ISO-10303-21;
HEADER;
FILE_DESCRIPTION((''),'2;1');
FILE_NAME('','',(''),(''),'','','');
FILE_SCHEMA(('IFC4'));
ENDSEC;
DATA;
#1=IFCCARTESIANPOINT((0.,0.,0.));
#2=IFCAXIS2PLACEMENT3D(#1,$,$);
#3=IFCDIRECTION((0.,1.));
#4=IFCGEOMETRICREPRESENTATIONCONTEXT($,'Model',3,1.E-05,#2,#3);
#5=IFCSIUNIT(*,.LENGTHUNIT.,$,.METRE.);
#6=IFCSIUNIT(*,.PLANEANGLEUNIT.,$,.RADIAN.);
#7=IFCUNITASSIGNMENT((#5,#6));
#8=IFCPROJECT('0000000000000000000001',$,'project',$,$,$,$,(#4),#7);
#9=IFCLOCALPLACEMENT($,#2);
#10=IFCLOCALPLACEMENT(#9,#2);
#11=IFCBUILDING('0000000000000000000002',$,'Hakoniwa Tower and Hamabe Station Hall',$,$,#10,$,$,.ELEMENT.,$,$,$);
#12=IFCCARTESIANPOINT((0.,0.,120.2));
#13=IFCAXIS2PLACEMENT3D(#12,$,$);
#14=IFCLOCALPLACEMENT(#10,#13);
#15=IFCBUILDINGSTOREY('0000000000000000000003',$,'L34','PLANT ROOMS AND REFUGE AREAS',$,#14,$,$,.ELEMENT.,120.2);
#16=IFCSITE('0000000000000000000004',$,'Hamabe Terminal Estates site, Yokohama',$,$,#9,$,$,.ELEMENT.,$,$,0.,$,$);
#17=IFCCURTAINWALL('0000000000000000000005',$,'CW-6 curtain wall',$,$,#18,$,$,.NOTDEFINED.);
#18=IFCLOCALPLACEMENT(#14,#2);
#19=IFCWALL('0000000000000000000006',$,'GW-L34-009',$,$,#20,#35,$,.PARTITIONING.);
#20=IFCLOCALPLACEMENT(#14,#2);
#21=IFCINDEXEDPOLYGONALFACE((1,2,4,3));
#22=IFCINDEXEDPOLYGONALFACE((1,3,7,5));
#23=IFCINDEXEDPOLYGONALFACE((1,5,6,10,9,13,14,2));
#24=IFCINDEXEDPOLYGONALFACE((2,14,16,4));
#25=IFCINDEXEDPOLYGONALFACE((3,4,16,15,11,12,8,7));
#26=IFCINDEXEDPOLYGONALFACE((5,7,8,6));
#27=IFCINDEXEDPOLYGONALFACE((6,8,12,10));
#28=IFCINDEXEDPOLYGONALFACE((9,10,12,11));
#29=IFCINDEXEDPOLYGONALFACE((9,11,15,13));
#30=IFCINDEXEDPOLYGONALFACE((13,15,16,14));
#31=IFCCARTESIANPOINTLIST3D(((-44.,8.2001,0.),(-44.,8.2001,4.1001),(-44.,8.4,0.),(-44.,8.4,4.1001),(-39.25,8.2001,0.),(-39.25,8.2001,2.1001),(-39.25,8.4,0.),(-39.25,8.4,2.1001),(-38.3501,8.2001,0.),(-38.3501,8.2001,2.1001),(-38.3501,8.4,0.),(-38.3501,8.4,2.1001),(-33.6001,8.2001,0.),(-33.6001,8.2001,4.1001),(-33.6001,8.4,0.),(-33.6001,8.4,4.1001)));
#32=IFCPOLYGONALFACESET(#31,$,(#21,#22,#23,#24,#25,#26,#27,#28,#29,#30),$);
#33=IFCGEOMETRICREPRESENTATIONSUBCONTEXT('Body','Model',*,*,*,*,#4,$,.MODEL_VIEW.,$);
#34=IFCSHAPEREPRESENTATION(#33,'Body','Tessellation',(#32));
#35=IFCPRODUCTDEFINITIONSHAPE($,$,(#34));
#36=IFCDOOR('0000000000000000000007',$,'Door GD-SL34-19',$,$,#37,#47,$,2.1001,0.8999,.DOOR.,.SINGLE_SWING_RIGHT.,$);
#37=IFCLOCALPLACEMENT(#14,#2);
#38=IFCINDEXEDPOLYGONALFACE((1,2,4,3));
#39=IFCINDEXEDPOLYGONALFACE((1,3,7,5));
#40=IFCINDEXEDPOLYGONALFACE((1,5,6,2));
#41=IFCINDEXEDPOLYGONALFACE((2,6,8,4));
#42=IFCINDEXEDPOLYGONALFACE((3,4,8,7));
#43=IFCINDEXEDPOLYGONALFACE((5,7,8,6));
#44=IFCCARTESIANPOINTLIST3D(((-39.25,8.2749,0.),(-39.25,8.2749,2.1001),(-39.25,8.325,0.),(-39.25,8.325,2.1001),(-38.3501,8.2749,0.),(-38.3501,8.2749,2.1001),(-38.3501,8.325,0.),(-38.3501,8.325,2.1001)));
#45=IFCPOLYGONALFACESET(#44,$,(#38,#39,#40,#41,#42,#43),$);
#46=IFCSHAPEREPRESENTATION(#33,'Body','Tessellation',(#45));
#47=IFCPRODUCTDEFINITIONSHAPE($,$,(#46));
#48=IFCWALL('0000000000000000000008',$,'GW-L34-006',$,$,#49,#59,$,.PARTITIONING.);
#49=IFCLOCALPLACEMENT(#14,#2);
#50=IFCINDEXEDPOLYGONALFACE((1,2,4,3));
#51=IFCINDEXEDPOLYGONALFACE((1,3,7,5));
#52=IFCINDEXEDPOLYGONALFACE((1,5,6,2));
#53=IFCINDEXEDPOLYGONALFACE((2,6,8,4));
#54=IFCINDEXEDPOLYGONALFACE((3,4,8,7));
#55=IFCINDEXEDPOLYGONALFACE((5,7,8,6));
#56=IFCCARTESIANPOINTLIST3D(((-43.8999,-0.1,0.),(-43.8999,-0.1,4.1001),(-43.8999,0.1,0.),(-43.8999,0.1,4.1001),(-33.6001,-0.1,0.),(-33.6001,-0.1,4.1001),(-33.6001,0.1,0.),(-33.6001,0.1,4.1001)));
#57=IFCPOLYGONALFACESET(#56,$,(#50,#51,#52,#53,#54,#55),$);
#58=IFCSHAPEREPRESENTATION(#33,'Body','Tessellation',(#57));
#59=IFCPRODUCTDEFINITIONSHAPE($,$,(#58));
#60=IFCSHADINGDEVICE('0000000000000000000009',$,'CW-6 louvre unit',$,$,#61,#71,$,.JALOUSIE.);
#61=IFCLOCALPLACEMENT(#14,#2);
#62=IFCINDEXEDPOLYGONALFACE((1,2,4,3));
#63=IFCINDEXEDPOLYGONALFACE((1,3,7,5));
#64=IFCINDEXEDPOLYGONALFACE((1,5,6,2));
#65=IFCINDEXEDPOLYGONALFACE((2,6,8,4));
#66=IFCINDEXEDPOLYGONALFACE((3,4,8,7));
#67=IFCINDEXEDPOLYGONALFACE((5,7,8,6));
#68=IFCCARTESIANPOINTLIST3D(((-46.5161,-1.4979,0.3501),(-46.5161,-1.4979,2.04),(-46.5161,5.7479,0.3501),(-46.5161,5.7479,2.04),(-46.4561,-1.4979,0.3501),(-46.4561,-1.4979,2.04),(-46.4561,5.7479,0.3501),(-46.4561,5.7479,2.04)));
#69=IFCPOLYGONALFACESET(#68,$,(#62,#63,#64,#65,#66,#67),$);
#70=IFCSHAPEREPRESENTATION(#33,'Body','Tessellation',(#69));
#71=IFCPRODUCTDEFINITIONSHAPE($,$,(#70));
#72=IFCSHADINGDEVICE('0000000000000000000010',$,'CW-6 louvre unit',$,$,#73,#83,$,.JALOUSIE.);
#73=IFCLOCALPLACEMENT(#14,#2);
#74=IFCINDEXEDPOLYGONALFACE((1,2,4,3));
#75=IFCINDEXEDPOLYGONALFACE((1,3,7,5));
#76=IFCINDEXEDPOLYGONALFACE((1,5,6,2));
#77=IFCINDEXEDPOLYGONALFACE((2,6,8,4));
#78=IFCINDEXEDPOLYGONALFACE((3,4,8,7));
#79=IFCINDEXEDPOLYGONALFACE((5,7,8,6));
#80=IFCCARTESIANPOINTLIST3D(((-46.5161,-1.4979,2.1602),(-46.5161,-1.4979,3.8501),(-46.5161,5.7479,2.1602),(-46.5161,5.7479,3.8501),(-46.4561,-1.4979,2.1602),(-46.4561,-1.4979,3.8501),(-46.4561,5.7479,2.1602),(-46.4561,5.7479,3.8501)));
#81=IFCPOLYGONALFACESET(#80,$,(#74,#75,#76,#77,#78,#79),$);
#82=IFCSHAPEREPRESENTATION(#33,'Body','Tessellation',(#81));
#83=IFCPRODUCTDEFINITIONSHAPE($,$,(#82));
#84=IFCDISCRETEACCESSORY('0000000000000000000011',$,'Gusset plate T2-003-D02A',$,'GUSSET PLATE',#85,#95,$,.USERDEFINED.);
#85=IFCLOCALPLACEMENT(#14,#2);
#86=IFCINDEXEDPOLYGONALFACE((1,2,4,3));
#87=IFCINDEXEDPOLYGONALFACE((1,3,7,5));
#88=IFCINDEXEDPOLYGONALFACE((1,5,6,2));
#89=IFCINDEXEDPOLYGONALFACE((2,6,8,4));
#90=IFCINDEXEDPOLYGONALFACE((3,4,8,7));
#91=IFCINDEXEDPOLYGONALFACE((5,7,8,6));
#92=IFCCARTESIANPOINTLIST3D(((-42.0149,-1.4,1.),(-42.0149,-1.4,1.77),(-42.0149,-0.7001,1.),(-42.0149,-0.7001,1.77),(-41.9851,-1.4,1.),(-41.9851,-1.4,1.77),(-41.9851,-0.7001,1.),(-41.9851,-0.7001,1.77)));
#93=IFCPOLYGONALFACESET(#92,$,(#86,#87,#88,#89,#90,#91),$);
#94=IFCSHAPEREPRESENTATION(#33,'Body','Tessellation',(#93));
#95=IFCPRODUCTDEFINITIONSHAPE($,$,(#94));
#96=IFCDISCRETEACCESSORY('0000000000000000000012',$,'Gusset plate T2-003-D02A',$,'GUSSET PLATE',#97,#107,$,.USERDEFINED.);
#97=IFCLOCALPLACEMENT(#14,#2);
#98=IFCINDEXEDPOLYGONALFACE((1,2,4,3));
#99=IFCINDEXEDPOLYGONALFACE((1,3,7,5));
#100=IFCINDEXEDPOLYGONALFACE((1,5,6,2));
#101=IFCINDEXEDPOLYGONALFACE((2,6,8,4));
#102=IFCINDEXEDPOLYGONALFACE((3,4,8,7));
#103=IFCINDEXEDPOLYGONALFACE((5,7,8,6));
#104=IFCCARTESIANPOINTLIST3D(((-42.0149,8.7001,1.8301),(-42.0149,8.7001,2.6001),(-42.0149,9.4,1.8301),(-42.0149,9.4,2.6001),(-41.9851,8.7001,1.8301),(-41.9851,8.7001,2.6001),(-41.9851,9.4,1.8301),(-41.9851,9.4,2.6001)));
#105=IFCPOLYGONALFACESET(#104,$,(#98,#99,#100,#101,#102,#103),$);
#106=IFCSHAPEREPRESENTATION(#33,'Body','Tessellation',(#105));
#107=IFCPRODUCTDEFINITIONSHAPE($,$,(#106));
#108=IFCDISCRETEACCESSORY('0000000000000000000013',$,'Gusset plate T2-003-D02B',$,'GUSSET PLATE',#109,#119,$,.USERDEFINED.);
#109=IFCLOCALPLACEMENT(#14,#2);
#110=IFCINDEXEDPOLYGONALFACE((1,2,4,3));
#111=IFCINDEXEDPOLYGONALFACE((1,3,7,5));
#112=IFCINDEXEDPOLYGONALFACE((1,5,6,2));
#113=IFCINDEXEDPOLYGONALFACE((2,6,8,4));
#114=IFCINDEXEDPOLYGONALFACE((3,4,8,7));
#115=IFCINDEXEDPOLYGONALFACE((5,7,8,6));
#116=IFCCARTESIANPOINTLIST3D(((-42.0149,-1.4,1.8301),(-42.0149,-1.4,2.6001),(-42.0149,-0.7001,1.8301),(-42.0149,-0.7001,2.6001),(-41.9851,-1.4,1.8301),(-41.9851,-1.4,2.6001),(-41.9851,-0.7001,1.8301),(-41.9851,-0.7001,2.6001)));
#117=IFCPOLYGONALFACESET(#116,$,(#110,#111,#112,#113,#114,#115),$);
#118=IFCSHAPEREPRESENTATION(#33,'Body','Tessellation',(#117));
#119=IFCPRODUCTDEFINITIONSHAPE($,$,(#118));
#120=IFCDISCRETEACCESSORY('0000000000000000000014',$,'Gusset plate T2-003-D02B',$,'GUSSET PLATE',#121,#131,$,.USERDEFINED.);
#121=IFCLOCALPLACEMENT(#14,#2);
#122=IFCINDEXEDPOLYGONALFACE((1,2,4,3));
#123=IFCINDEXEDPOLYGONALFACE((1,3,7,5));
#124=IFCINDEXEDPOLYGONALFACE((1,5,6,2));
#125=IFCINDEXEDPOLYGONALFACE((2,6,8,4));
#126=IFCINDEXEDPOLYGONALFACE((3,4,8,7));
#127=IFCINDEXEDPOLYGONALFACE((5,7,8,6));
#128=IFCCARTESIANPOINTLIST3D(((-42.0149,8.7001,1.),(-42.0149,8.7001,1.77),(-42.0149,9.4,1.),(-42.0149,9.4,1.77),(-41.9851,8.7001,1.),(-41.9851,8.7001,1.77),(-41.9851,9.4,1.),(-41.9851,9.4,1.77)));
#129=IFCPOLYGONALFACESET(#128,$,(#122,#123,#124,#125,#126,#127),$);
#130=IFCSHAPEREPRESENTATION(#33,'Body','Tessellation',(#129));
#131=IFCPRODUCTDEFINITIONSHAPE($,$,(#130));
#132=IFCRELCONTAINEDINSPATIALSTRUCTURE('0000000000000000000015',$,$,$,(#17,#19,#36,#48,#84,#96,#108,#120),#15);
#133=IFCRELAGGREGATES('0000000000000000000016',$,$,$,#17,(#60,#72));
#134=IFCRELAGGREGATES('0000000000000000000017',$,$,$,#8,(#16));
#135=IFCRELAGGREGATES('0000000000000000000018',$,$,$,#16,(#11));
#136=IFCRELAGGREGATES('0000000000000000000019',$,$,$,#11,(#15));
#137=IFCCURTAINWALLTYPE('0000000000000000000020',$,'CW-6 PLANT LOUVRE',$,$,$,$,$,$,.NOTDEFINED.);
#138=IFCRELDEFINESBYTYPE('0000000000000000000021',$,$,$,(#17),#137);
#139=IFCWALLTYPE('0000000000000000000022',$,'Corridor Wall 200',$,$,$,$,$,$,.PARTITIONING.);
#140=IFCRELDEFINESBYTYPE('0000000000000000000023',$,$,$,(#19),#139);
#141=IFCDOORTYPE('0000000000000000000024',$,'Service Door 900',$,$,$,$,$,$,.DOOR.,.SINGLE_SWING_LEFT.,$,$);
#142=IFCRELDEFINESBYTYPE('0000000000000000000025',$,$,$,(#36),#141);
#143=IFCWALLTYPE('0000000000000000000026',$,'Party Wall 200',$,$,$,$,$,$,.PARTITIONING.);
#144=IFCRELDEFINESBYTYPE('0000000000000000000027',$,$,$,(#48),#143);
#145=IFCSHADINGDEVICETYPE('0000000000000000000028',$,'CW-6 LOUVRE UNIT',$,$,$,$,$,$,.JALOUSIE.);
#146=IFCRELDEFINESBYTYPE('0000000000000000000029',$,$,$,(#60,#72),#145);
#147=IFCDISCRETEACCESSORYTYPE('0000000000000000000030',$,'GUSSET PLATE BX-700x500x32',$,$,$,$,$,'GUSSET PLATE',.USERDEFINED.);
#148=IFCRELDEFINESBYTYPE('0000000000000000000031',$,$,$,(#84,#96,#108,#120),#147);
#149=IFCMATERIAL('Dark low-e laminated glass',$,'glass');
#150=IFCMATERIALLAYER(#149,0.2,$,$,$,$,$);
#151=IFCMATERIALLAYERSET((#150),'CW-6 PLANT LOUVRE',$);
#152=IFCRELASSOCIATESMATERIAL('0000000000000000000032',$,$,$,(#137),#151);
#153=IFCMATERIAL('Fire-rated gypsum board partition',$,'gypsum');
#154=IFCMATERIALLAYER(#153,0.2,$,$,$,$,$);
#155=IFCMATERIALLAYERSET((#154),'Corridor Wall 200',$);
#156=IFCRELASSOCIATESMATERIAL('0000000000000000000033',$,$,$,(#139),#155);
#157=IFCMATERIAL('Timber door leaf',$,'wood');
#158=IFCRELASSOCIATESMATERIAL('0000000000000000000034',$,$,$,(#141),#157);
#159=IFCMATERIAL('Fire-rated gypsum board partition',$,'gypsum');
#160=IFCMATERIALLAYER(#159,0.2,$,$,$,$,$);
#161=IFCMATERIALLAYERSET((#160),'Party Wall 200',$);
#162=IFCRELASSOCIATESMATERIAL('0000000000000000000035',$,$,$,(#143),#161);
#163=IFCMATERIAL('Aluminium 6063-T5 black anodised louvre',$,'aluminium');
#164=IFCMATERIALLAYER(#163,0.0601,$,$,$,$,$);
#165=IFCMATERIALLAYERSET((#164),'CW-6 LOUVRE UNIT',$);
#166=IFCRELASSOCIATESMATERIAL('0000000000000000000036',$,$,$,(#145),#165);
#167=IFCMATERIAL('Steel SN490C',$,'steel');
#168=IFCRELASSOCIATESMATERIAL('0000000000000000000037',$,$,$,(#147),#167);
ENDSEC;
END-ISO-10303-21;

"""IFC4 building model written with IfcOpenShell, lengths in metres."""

from ifc_helpers import new_model, si_unit, direction, frame, frame_2d, origin, origin_2d, place, context, subcontext, project, spatial, rectangle, extrude, material, layer, layer_set, material_profile, profile_set, type_object, element, fill, aggregate, save


model = new_model("IFC4")

# Units and contexts
model_context = context("Model", 3, precision=1e-05, world=origin(), true_north=direction((0.0, 1.0)))
body_context = subcontext(model_context, "Body", "Model", "MODEL_VIEW")
ifc_project = project(units=[si_unit("LENGTHUNIT", "METRE"), si_unit("PLANEANGLEUNIT", "RADIAN")], contexts=[model_context])

# Site, building, storey
site_placement = place(None, origin())
site = spatial("IfcSite", under=ifc_project, at=site_placement, Name="Hamabe Terminal Estates site, Yokohama", CompositionType="ELEMENT", RefElevation=0.0)
building_placement = place(site_placement, origin())
building = spatial("IfcBuilding", under=site, at=building_placement, Name="Hakoniwa Tower and Hamabe Station Hall", CompositionType="ELEMENT")
storey_placement = place(building_placement, frame((0.0, 0.0, 120.2)))
storey = spatial("IfcBuildingStorey", under=building, at=storey_placement, Name="L34", Description="PLANT ROOMS AND REFUGE AREAS", CompositionType="ELEMENT", Elevation=120.2)

# Curtain wall
ifc_material_1 = material(Name="Dark low-e laminated glass", Category="glass")
ifc_layer_1 = layer(ifc_material_1, 0.2)
ifc_layer_set_1 = layer_set([ifc_layer_1], Name="CW-6 PLANT LOUVRE")
curtain_wall_type = type_object("IfcCurtainWallType", Name="CW-6 PLANT LOUVRE", PredefinedType="NOTDEFINED", material=ifc_layer_set_1)
curtain_wall_placement = place(storey_placement, origin())
curtain_wall = element("IfcCurtainWall", 1, at=curtain_wall_placement, inside=storey, type_object=curtain_wall_type, Name="CW-6 curtain wall", PredefinedType="NOTDEFINED")

# Wall, opening, door
ifc_material_2 = material(Name="Fire-rated gypsum board partition", Category="gypsum")
ifc_layer_2 = layer(ifc_material_2, 0.2)
ifc_layer_set_2 = layer_set([ifc_layer_2], Name="Corridor Wall 200")
wall_type_1 = type_object("IfcWallType", Name="Corridor Wall 200", PredefinedType="PARTITIONING", material=ifc_layer_set_2)
wall_1_placement = place(storey_placement, frame((-44.0, 8.3, 0.0), z_axis=(0.0, 0.0, 1.0), x_axis=(1.0, 0.0, 0.0)))
wall_1 = element("IfcWall", 2, at=wall_1_placement, inside=storey, type_object=wall_type_1, Name="GW-L34-009", PredefinedType="PARTITIONING", context=body_context, shape_type="SweptSolid", body=[
    extrude(rectangle(XDim=10.3999, YDim=0.2, at=frame_2d((5.2, 0.0))), origin(), (0.0, 0.0, 1.0), 4.1001),
])
opening_placement = place(wall_1_placement, frame((4.75, 0.0, 0.0)))
opening = element("IfcOpeningElement", 3, at=opening_placement, cuts=wall_1, PredefinedType="OPENING", context=body_context, shape_type="SweptSolid", body=[
    extrude(rectangle(XDim=0.8999, YDim=2.1001, at=frame_2d((0.45, 1.05))), frame((0.0, 0.1099, 0.0), z_axis=(0.0, -1.0, 0.0), x_axis=(1.0, 0.0, 0.0)), (0.0, 0.0, 1.0), 0.22),
])
ifc_material_3 = material(Name="Timber door leaf", Category="wood")
door_type = type_object("IfcDoorType", Name="Service Door 900", OperationType="SINGLE_SWING_LEFT", PredefinedType="DOOR", material=ifc_material_3)
door_placement = place(opening_placement, origin())
door = element("IfcDoor", 4, at=door_placement, inside=storey, type_object=door_type, Name="Door GD-SL34-19", OperationType="SINGLE_SWING_RIGHT", OverallHeight=2.1001, OverallWidth=0.8999, PredefinedType="DOOR", context=body_context, shape_type="SweptSolid", body=[
    extrude(rectangle(XDim=0.8999, YDim=2.1001, at=frame_2d((0.45, 1.05))), frame((0.0, 0.0249, 0.0), z_axis=(0.0, -1.0, 0.0), x_axis=(1.0, 0.0, 0.0)), (0.0, 0.0, 1.0), 0.05),
])
fill(opening, door)

# Wall
ifc_material_4 = material(Name="Fire-rated gypsum board partition", Category="gypsum")
ifc_layer_3 = layer(ifc_material_4, 0.2)
ifc_layer_set_3 = layer_set([ifc_layer_3], Name="Party Wall 200")
wall_type_2 = type_object("IfcWallType", Name="Party Wall 200", PredefinedType="PARTITIONING", material=ifc_layer_set_3)
wall_2_placement = place(storey_placement, frame((-43.8999, 0.0, 0.0), z_axis=(0.0, 0.0, 1.0), x_axis=(1.0, 0.0, 0.0)))
element("IfcWall", 5, at=wall_2_placement, inside=storey, type_object=wall_type_2, Name="GW-L34-006", PredefinedType="PARTITIONING", context=body_context, shape_type="SweptSolid", body=[
    extrude(rectangle(XDim=10.2998, YDim=0.2, at=frame_2d((5.1499, 0.0))), origin(), (0.0, 0.0, 1.0), 4.1001),
])

# Shading devices
ifc_material_5 = material(Name="Aluminium 6063-T5 black anodised louvre", Category="aluminium")
ifc_layer_4 = layer(ifc_material_5, 0.0601)
ifc_layer_set_4 = layer_set([ifc_layer_4], Name="CW-6 LOUVRE UNIT")
shading_device_type = type_object("IfcShadingDeviceType", Name="CW-6 LOUVRE UNIT", PredefinedType="JALOUSIE", material=ifc_layer_set_4)
shading_device_1_placement = place(storey_placement, frame((-46.4861, 2.125, 0.3501), z_axis=(0.0, 0.0, 1.0), x_axis=(0.0, -1.0, 0.0)))
shading_device_1 = element("IfcShadingDevice", 6, at=shading_device_1_placement, type_object=shading_device_type, Name="CW-6 louvre unit", PredefinedType="JALOUSIE", context=body_context, shape_type="SweptSolid", body=[
    extrude(rectangle(XDim=7.2458, YDim=0.0601, at=origin_2d()), origin(), (0.0, 0.0, 1.0), 1.6899),
])
shading_device_2_placement = place(storey_placement, frame((-46.4861, 2.125, 2.1602), z_axis=(0.0, 0.0, 1.0), x_axis=(0.0, -1.0, 0.0)))
shading_device_2 = element("IfcShadingDevice", 7, at=shading_device_2_placement, type_object=shading_device_type, Name="CW-6 louvre unit", PredefinedType="JALOUSIE", context=body_context, shape_type="SweptSolid", body=[
    extrude(rectangle(XDim=7.2458, YDim=0.0601, at=origin_2d()), origin(), (0.0, 0.0, 1.0), 1.6899),
])
aggregate(curtain_wall, [shading_device_1, shading_device_2])

# Discrete accessories
ifc_material_6 = material(Name="Steel SN490C", Category="steel")
ifc_material_profile_1 = material_profile(ifc_material_6, rectangle(XDim=0.7, YDim=0.77, at=origin_2d()), Name="GUSSET PLATE BX-700x500x32")
ifc_profile_set_1 = profile_set([ifc_material_profile_1], Name="Steel SN490C")
discrete_accessory_type = type_object("IfcDiscreteAccessoryType", Name="GUSSET PLATE BX-700x500x32", ElementType="GUSSET PLATE", PredefinedType="USERDEFINED", material=ifc_profile_set_1)
for number, where, z_axis, x_axis, name in (
    (8, (-41.9851, -1.05, 1.385), (-1.0, 0.0, 0.0), (0.0, -1.0, 0.0), "Gusset plate T2-003-D02A"),
    (9, (-41.9851, 9.05, 2.2151), (-1.0, 0.0, 0.0), (0.0, -1.0, 0.0), "Gusset plate T2-003-D02A"),
    (10, (-41.9851, -1.05, 2.2151), (-1.0, 0.0, 0.0), (0.0, -1.0, 0.0), "Gusset plate T2-003-D02B"),
    (11, (-41.9851, 9.05, 1.385), (-1.0, 0.0, 0.0), (0.0, -1.0, 0.0), "Gusset plate T2-003-D02B"),
):
    element("IfcDiscreteAccessory", number, at=place(storey_placement, frame(where, z_axis=z_axis, x_axis=x_axis)), inside=storey, type_object=discrete_accessory_type, Name=name, ObjectType="GUSSET PLATE", PredefinedType="USERDEFINED", context=body_context, shape_type="SweptSolid", body=[
        extrude(rectangle(XDim=0.7, YDim=0.77, at=origin_2d()), origin(), (0.0, 0.0, 1.0), 0.0298),
    ])

save(model, "model.ifc")
